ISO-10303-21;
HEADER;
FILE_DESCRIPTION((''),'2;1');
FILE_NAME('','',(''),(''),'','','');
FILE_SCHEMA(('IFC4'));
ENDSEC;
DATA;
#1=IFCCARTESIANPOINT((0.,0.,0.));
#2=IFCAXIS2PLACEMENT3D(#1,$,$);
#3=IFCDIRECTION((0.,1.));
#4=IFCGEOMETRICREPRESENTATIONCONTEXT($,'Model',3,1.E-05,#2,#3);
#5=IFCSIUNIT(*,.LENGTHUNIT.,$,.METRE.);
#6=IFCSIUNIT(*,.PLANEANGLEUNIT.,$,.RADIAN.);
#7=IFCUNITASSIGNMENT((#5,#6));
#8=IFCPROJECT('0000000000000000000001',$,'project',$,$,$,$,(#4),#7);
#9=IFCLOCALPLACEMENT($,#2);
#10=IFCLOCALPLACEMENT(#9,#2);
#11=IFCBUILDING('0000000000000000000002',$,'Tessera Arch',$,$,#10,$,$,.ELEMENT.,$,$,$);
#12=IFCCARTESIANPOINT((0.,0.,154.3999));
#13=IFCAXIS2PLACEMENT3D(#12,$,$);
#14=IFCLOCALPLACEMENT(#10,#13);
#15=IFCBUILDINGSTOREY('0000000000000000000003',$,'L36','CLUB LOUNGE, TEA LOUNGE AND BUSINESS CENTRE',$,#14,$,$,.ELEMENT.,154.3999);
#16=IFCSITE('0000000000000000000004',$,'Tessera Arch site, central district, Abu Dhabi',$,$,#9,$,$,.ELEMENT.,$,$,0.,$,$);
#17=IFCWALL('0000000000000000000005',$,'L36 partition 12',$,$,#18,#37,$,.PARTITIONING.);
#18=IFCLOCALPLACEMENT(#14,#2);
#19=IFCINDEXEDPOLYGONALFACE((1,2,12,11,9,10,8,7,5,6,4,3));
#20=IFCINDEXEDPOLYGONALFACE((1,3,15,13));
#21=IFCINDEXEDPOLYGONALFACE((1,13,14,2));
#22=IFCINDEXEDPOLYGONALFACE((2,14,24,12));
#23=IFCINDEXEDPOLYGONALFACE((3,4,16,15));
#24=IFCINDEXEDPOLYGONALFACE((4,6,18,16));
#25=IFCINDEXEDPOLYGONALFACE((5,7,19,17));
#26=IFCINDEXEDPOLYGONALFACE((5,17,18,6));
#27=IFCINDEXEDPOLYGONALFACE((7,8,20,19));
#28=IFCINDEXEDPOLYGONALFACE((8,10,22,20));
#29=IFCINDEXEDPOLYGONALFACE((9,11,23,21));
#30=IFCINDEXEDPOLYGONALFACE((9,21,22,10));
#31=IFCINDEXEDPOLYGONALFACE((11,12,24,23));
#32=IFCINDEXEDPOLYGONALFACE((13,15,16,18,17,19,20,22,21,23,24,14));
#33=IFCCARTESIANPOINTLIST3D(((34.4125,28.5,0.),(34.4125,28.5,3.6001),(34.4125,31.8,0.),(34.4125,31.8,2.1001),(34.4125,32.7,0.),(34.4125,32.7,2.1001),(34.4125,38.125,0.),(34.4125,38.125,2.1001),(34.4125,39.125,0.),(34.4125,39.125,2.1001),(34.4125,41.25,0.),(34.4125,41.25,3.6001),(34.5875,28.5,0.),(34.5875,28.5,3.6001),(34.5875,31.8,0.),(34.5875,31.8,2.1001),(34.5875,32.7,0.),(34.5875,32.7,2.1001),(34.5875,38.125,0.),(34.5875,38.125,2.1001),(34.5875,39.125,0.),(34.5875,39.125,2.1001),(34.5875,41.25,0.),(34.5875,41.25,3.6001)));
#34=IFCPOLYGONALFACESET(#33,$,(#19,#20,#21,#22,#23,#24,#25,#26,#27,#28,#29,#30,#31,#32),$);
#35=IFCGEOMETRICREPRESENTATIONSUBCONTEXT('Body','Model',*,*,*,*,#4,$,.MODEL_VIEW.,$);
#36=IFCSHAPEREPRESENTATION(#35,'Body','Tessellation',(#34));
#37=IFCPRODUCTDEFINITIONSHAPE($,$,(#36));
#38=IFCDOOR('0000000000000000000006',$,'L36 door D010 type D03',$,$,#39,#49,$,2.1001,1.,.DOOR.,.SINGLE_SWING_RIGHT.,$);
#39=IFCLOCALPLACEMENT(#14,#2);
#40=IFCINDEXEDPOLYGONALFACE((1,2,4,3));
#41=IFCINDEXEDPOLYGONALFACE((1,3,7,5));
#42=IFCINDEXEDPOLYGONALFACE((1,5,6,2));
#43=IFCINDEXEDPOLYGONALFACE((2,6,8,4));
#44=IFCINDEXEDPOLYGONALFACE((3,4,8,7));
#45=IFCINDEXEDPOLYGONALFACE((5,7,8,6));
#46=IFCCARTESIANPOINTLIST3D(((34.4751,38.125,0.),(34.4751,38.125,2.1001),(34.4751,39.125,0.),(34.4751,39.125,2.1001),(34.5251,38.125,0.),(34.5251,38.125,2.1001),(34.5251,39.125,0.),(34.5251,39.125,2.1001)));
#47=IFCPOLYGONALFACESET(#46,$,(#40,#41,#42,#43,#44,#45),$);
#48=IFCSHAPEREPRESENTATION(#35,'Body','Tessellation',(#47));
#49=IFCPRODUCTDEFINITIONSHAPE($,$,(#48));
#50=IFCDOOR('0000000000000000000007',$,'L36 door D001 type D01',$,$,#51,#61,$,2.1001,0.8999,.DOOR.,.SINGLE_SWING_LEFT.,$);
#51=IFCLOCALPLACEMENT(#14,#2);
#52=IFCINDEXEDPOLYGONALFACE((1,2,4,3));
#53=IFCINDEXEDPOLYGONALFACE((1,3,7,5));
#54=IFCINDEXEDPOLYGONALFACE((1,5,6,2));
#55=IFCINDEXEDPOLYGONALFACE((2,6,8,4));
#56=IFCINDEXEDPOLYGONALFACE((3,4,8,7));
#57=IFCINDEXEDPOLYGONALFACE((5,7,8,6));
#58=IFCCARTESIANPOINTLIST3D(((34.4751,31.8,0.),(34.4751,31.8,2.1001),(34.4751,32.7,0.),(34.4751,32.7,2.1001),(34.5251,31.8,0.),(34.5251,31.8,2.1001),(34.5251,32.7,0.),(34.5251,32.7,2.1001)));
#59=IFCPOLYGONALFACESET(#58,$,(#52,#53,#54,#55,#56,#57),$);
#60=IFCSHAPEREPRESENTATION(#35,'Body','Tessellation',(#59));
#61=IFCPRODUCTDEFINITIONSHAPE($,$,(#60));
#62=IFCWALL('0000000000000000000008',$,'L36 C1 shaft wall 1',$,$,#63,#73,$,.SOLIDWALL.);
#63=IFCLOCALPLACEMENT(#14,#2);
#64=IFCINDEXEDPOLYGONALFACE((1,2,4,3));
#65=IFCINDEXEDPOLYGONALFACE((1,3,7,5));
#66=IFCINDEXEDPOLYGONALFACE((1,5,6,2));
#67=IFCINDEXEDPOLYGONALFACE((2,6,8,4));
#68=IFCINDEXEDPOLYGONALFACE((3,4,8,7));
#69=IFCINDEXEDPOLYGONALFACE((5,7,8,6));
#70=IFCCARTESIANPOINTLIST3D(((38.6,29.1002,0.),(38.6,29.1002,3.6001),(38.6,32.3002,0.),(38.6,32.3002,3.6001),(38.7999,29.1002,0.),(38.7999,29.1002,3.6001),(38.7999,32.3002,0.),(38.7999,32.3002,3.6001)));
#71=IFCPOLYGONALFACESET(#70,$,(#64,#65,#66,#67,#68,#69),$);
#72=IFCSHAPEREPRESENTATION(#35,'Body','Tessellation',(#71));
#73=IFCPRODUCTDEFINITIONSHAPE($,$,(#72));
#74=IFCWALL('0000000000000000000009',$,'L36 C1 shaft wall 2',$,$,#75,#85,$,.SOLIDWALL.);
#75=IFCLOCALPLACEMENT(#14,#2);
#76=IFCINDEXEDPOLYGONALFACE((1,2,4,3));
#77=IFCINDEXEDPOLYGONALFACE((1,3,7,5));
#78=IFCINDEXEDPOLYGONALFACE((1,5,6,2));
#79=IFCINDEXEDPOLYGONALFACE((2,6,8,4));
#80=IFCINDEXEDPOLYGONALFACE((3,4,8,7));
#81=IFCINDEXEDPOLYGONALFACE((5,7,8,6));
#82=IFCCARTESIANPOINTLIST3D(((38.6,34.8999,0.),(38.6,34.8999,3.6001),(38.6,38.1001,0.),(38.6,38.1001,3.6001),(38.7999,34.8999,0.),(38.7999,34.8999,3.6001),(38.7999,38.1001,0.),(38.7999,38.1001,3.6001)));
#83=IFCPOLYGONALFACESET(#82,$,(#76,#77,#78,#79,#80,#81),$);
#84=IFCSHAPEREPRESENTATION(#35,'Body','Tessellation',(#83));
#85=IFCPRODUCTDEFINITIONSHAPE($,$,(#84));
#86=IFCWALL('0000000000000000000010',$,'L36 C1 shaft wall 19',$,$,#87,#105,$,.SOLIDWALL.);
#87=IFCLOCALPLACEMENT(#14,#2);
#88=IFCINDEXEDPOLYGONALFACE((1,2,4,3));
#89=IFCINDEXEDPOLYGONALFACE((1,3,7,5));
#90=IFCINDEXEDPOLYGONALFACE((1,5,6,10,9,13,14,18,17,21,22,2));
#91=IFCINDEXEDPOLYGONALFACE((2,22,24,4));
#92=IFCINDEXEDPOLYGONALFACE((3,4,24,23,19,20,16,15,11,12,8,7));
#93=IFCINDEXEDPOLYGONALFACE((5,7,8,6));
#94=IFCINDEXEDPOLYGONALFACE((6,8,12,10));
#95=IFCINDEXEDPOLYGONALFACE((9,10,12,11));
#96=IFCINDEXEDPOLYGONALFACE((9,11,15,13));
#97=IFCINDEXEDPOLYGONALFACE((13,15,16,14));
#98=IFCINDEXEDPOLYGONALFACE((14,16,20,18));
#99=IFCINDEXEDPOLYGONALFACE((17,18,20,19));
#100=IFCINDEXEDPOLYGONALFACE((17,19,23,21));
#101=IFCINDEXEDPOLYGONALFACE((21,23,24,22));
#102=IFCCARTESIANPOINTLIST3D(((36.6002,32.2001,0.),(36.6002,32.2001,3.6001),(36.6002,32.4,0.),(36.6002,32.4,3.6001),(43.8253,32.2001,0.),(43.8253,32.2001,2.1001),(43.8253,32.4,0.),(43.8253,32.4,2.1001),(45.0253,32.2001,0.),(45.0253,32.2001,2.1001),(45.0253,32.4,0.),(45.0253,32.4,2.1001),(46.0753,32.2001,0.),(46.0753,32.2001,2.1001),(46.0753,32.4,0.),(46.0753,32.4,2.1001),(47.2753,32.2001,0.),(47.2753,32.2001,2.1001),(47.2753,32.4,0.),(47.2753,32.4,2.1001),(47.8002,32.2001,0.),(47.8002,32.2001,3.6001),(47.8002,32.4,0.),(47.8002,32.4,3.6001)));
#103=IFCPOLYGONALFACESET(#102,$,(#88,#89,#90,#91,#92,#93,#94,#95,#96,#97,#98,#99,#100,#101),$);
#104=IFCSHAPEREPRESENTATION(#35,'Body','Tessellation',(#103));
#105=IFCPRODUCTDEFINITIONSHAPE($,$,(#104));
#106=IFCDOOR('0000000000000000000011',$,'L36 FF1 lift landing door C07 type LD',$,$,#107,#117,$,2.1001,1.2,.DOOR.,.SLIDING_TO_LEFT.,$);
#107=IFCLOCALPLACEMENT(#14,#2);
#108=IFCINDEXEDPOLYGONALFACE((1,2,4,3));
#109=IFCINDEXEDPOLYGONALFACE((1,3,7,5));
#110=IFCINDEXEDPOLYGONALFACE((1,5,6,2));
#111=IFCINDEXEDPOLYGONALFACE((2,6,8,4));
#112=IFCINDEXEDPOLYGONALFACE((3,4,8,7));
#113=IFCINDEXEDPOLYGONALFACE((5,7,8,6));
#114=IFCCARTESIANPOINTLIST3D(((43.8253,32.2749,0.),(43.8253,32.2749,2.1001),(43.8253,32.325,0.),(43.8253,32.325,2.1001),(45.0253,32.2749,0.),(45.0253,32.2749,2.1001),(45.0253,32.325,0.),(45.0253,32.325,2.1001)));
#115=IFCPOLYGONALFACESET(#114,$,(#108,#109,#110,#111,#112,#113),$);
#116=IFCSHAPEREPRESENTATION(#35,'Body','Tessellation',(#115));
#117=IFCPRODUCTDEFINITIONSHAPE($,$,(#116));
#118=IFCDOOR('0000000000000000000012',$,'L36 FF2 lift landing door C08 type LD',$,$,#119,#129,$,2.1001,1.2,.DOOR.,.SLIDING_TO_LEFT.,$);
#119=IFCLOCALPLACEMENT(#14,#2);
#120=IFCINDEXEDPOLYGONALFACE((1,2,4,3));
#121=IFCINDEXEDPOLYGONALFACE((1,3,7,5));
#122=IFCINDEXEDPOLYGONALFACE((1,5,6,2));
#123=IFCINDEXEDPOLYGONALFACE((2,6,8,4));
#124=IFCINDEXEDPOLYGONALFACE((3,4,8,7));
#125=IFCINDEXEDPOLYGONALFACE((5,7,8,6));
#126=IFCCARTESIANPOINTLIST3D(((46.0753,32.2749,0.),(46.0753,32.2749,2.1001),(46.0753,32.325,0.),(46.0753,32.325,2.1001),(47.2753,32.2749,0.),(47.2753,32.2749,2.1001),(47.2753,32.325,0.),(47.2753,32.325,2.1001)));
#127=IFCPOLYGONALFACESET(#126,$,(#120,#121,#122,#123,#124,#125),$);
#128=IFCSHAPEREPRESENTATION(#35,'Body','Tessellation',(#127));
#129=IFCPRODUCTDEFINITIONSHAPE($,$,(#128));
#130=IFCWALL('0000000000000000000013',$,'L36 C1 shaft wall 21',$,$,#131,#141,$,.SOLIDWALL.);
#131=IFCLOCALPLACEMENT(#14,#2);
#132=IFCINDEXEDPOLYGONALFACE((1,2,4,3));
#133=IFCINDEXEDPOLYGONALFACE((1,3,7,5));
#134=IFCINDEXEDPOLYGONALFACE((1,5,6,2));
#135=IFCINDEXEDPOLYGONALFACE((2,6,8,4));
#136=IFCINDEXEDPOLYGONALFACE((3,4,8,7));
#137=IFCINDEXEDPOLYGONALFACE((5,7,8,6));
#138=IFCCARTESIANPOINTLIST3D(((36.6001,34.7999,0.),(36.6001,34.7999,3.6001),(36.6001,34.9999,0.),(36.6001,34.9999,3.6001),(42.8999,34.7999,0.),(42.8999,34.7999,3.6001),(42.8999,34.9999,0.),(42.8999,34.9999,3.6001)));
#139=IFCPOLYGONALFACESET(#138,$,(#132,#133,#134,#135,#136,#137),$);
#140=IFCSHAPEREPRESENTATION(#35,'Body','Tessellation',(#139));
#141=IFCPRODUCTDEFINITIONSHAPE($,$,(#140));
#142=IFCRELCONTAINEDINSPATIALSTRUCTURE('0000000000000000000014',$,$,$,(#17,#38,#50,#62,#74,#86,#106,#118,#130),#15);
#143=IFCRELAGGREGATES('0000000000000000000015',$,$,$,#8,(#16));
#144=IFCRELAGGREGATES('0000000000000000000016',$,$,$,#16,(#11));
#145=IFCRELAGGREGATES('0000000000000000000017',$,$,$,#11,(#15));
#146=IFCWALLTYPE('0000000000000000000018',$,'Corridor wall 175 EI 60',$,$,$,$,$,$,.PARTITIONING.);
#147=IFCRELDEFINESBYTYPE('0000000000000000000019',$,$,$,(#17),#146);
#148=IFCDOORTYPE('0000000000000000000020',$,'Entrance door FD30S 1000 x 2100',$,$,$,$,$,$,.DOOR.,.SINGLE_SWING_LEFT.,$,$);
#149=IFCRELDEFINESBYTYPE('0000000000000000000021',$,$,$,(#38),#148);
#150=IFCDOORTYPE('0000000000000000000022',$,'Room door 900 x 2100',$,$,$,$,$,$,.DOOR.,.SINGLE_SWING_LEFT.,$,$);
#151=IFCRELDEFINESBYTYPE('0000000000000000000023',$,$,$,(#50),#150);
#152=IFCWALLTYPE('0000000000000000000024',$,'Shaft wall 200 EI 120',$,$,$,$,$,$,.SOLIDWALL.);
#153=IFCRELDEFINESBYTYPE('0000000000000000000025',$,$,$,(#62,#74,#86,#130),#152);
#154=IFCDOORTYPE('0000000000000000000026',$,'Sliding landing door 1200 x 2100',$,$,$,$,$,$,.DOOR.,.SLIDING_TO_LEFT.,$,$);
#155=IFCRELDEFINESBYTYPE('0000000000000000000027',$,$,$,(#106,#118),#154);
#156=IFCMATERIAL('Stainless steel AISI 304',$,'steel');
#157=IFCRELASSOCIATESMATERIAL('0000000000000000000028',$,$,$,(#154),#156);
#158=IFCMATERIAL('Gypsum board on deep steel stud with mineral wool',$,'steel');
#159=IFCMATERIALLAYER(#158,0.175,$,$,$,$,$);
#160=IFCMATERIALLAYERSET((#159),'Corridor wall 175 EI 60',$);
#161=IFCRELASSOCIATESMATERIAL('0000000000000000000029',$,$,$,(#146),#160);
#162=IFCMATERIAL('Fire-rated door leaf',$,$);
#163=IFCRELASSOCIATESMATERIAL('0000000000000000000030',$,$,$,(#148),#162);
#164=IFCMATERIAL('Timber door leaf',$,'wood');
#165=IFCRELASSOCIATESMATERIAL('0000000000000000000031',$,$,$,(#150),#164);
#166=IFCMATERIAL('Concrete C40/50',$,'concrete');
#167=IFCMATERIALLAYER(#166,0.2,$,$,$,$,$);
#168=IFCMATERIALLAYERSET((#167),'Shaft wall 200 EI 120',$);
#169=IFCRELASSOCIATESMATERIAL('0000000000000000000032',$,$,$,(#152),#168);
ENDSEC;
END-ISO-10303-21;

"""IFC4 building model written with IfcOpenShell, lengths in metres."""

from ifc_helpers import new_model, si_unit, direction, frame, frame_2d, origin, place, context, subcontext, project, spatial, rectangle, extrude, material, layer, layer_set, type_object, element, fill, save


model = new_model("IFC4")

# Units and contexts
model_context = context("Model", 3, precision=1e-05, world=origin(), true_north=direction((0.0, 1.0)))
body_context = subcontext(model_context, "Body", "Model", "MODEL_VIEW")
ifc_project = project(units=[si_unit("LENGTHUNIT", "METRE"), si_unit("PLANEANGLEUNIT", "RADIAN")], contexts=[model_context])

# Site, building, storey
site_placement = place(None, origin())
site = spatial("IfcSite", under=ifc_project, at=site_placement, Name="Tessera Arch site, central district, Abu Dhabi", CompositionType="ELEMENT", RefElevation=0.0)
building_placement = place(site_placement, origin())
building = spatial("IfcBuilding", under=site, at=building_placement, Name="Tessera Arch", CompositionType="ELEMENT")
storey_placement = place(building_placement, frame((0.0, 0.0, 154.3999)))
storey = spatial("IfcBuildingStorey", under=building, at=storey_placement, Name="L36", Description="CLUB LOUNGE, TEA LOUNGE AND BUSINESS CENTRE", CompositionType="ELEMENT", Elevation=154.3999)

# Wall, openings, doors
ifc_material_1 = material(Name="Stainless steel AISI 304", Category="steel")
door_type_1 = type_object("IfcDoorType", Name="Sliding landing door 1200 x 2100", OperationType="SLIDING_TO_LEFT", PredefinedType="DOOR", material=ifc_material_1)
ifc_material_2 = material(Name="Gypsum board on deep steel stud with mineral wool", Category="steel")
ifc_layer_1 = layer(ifc_material_2, 0.175)
ifc_layer_set_1 = layer_set([ifc_layer_1], Name="Corridor wall 175 EI 60")
wall_type_1 = type_object("IfcWallType", Name="Corridor wall 175 EI 60", PredefinedType="PARTITIONING", material=ifc_layer_set_1)
wall_1_placement = place(storey_placement, frame((34.5, 28.5, 0.0), z_axis=(0.0, 0.0, 1.0), x_axis=(0.0, 1.0, 0.0)))
wall_1 = element("IfcWall", 1, at=wall_1_placement, inside=storey, type_object=wall_type_1, Name="L36 partition 12", PredefinedType="PARTITIONING", context=body_context, shape_type="SweptSolid", body=[
    extrude(rectangle(XDim=12.75, YDim=0.175, at=frame_2d((6.375, 0.0))), origin(), (0.0, 0.0, 1.0), 3.6001),
])
opening_1_placement = place(wall_1_placement, frame((3.3, 0.0, 0.0)))
opening_1 = element("IfcOpeningElement", 2, at=opening_1_placement, cuts=wall_1, PredefinedType="OPENING", context=body_context, shape_type="SweptSolid", body=[
    extrude(rectangle(XDim=0.8999, YDim=2.1001, at=frame_2d((0.45, 1.05))), frame((0.0, 0.0974, 0.0), z_axis=(0.0, -1.0, 0.0), x_axis=(1.0, 0.0, 0.0)), (0.0, 0.0, 1.0), 0.1951),
])
opening_2_placement = place(wall_1_placement, frame((9.625, 0.0, 0.0)))
opening_2 = element("IfcOpeningElement", 3, at=opening_2_placement, cuts=wall_1, PredefinedType="OPENING", context=body_context, shape_type="SweptSolid", body=[
    extrude(rectangle(XDim=1.0, YDim=2.1001, at=frame_2d((0.5, 1.05))), frame((0.0, 0.0974, 0.0), z_axis=(0.0, -1.0, 0.0), x_axis=(1.0, 0.0, 0.0)), (0.0, 0.0, 1.0), 0.1951),
])
ifc_material_3 = material(Name="Fire-rated door leaf")
door_type_2 = type_object("IfcDoorType", Name="Entrance door FD30S 1000 x 2100", OperationType="SINGLE_SWING_LEFT", PredefinedType="DOOR", material=ifc_material_3)
door_1_placement = place(opening_2_placement, origin())
door_1 = element("IfcDoor", 4, at=door_1_placement, inside=storey, type_object=door_type_2, Name="L36 door D010 type D03", OperationType="SINGLE_SWING_RIGHT", OverallHeight=2.1001, OverallWidth=1.0, PredefinedType="DOOR", context=body_context, shape_type="SweptSolid", body=[
    extrude(rectangle(XDim=1.0, YDim=2.1001, at=frame_2d((0.5, 1.05))), frame((0.0, 0.0249, 0.0), z_axis=(0.0, -1.0, 0.0), x_axis=(1.0, 0.0, 0.0)), (0.0, 0.0, 1.0), 0.05),
])
fill(opening_2, door_1)
ifc_material_4 = material(Name="Timber door leaf", Category="wood")
door_type_3 = type_object("IfcDoorType", Name="Room door 900 x 2100", OperationType="SINGLE_SWING_LEFT", PredefinedType="DOOR", material=ifc_material_4)
door_2_placement = place(opening_1_placement, origin())
door_2 = element("IfcDoor", 5, at=door_2_placement, inside=storey, type_object=door_type_3, Name="L36 door D001 type D01", OperationType="SINGLE_SWING_LEFT", OverallHeight=2.1001, OverallWidth=0.8999, PredefinedType="DOOR", context=body_context, shape_type="SweptSolid", body=[
    extrude(rectangle(XDim=0.8999, YDim=2.1001, at=frame_2d((0.45, 1.05))), frame((0.0, 0.0249, 0.0), z_axis=(0.0, -1.0, 0.0), x_axis=(1.0, 0.0, 0.0)), (0.0, 0.0, 1.0), 0.05),
])
fill(opening_1, door_2)

# Walls
ifc_material_5 = material(Name="Concrete C40/50", Category="concrete")
ifc_layer_2 = layer(ifc_material_5, 0.2)
ifc_layer_set_2 = layer_set([ifc_layer_2], Name="Shaft wall 200 EI 120")
wall_type_2 = type_object("IfcWallType", Name="Shaft wall 200 EI 120", PredefinedType="SOLIDWALL", material=ifc_layer_set_2)
wall_2_placement = place(storey_placement, frame((38.7, 29.1001, 0.0), z_axis=(0.0, 0.0, 1.0), x_axis=(0.0, 1.0, 0.0)))
element("IfcWall", 6, at=wall_2_placement, inside=storey, type_object=wall_type_2, Name="L36 C1 shaft wall 1", PredefinedType="SOLIDWALL", context=body_context, shape_type="SweptSolid", body=[
    extrude(rectangle(XDim=3.2, YDim=0.2, at=frame_2d((1.6001, 0.0))), origin(), (0.0, 0.0, 1.0), 3.6001),
])
wall_3_placement = place(storey_placement, frame((38.7, 34.8999, 0.0), z_axis=(0.0, 0.0, 1.0), x_axis=(0.0, 1.0, 0.0)))
element("IfcWall", 7, at=wall_3_placement, inside=storey, type_object=wall_type_2, Name="L36 C1 shaft wall 2", PredefinedType="SOLIDWALL", context=body_context, shape_type="SweptSolid", body=[
    extrude(rectangle(XDim=3.2002, YDim=0.2, at=frame_2d((1.6001, 0.0))), origin(), (0.0, 0.0, 1.0), 3.6001),
])

# Wall, openings, doors
wall_4_placement = place(storey_placement, frame((36.6001, 32.3, 0.0), z_axis=(0.0, 0.0, 1.0), x_axis=(1.0, 0.0, 0.0)))
wall_4 = element("IfcWall", 8, at=wall_4_placement, inside=storey, type_object=wall_type_2, Name="L36 C1 shaft wall 19", PredefinedType="SOLIDWALL", context=body_context, shape_type="SweptSolid", body=[
    extrude(rectangle(XDim=11.2, YDim=0.2, at=frame_2d((5.6001, 0.0))), origin(), (0.0, 0.0, 1.0), 3.6001),
])
opening_3_placement = place(wall_4_placement, frame((7.2251, 0.0, 0.0)))
opening_3 = element("IfcOpeningElement", 9, at=opening_3_placement, cuts=wall_4, PredefinedType="OPENING", context=body_context, shape_type="SweptSolid", body=[
    extrude(rectangle(XDim=1.2, YDim=2.1001, at=frame_2d((0.6001, 1.05))), frame((0.0, 0.1099, 0.0), z_axis=(0.0, -1.0, 0.0), x_axis=(1.0, 0.0, 0.0)), (0.0, 0.0, 1.0), 0.22),
])
opening_4_placement = place(wall_4_placement, frame((9.4751, 0.0, 0.0)))
opening_4 = element("IfcOpeningElement", 10, at=opening_4_placement, cuts=wall_4, PredefinedType="OPENING", context=body_context, shape_type="SweptSolid", body=[
    extrude(rectangle(XDim=1.2, YDim=2.1001, at=frame_2d((0.6001, 1.05))), frame((0.0, 0.1099, 0.0), z_axis=(0.0, -1.0, 0.0), x_axis=(1.0, 0.0, 0.0)), (0.0, 0.0, 1.0), 0.22),
])
door_3_placement = place(opening_3_placement, origin())
door_3 = element("IfcDoor", 11, at=door_3_placement, inside=storey, type_object=door_type_1, Name="L36 FF1 lift landing door C07 type LD", OperationType="SLIDING_TO_LEFT", OverallHeight=2.1001, OverallWidth=1.2, PredefinedType="DOOR", context=body_context, shape_type="SweptSolid", body=[
    extrude(rectangle(XDim=1.2, YDim=2.1001, at=frame_2d((0.6001, 1.05))), frame((0.0, 0.0249, 0.0), z_axis=(0.0, -1.0, 0.0), x_axis=(1.0, 0.0, 0.0)), (0.0, 0.0, 1.0), 0.05),
])
fill(opening_3, door_3)
door_4_placement = place(opening_4_placement, origin())
door_4 = element("IfcDoor", 12, at=door_4_placement, inside=storey, type_object=door_type_1, Name="L36 FF2 lift landing door C08 type LD", OperationType="SLIDING_TO_LEFT", OverallHeight=2.1001, OverallWidth=1.2, PredefinedType="DOOR", context=body_context, shape_type="SweptSolid", body=[
    extrude(rectangle(XDim=1.2, YDim=2.1001, at=frame_2d((0.6001, 1.05))), frame((0.0, 0.0249, 0.0), z_axis=(0.0, -1.0, 0.0), x_axis=(1.0, 0.0, 0.0)), (0.0, 0.0, 1.0), 0.05),
])
fill(opening_4, door_4)

# Wall
wall_5_placement = place(storey_placement, frame((36.6001, 34.8999, 0.0), z_axis=(0.0, 0.0, 1.0), x_axis=(1.0, 0.0, 0.0)))
element("IfcWall", 13, at=wall_5_placement, inside=storey, type_object=wall_type_2, Name="L36 C1 shaft wall 21", PredefinedType="SOLIDWALL", context=body_context, shape_type="SweptSolid", body=[
    extrude(rectangle(XDim=6.2998, YDim=0.2, at=frame_2d((3.1499, 0.0))), origin(), (0.0, 0.0, 1.0), 3.6001),
])

save(model, "model.ifc")
